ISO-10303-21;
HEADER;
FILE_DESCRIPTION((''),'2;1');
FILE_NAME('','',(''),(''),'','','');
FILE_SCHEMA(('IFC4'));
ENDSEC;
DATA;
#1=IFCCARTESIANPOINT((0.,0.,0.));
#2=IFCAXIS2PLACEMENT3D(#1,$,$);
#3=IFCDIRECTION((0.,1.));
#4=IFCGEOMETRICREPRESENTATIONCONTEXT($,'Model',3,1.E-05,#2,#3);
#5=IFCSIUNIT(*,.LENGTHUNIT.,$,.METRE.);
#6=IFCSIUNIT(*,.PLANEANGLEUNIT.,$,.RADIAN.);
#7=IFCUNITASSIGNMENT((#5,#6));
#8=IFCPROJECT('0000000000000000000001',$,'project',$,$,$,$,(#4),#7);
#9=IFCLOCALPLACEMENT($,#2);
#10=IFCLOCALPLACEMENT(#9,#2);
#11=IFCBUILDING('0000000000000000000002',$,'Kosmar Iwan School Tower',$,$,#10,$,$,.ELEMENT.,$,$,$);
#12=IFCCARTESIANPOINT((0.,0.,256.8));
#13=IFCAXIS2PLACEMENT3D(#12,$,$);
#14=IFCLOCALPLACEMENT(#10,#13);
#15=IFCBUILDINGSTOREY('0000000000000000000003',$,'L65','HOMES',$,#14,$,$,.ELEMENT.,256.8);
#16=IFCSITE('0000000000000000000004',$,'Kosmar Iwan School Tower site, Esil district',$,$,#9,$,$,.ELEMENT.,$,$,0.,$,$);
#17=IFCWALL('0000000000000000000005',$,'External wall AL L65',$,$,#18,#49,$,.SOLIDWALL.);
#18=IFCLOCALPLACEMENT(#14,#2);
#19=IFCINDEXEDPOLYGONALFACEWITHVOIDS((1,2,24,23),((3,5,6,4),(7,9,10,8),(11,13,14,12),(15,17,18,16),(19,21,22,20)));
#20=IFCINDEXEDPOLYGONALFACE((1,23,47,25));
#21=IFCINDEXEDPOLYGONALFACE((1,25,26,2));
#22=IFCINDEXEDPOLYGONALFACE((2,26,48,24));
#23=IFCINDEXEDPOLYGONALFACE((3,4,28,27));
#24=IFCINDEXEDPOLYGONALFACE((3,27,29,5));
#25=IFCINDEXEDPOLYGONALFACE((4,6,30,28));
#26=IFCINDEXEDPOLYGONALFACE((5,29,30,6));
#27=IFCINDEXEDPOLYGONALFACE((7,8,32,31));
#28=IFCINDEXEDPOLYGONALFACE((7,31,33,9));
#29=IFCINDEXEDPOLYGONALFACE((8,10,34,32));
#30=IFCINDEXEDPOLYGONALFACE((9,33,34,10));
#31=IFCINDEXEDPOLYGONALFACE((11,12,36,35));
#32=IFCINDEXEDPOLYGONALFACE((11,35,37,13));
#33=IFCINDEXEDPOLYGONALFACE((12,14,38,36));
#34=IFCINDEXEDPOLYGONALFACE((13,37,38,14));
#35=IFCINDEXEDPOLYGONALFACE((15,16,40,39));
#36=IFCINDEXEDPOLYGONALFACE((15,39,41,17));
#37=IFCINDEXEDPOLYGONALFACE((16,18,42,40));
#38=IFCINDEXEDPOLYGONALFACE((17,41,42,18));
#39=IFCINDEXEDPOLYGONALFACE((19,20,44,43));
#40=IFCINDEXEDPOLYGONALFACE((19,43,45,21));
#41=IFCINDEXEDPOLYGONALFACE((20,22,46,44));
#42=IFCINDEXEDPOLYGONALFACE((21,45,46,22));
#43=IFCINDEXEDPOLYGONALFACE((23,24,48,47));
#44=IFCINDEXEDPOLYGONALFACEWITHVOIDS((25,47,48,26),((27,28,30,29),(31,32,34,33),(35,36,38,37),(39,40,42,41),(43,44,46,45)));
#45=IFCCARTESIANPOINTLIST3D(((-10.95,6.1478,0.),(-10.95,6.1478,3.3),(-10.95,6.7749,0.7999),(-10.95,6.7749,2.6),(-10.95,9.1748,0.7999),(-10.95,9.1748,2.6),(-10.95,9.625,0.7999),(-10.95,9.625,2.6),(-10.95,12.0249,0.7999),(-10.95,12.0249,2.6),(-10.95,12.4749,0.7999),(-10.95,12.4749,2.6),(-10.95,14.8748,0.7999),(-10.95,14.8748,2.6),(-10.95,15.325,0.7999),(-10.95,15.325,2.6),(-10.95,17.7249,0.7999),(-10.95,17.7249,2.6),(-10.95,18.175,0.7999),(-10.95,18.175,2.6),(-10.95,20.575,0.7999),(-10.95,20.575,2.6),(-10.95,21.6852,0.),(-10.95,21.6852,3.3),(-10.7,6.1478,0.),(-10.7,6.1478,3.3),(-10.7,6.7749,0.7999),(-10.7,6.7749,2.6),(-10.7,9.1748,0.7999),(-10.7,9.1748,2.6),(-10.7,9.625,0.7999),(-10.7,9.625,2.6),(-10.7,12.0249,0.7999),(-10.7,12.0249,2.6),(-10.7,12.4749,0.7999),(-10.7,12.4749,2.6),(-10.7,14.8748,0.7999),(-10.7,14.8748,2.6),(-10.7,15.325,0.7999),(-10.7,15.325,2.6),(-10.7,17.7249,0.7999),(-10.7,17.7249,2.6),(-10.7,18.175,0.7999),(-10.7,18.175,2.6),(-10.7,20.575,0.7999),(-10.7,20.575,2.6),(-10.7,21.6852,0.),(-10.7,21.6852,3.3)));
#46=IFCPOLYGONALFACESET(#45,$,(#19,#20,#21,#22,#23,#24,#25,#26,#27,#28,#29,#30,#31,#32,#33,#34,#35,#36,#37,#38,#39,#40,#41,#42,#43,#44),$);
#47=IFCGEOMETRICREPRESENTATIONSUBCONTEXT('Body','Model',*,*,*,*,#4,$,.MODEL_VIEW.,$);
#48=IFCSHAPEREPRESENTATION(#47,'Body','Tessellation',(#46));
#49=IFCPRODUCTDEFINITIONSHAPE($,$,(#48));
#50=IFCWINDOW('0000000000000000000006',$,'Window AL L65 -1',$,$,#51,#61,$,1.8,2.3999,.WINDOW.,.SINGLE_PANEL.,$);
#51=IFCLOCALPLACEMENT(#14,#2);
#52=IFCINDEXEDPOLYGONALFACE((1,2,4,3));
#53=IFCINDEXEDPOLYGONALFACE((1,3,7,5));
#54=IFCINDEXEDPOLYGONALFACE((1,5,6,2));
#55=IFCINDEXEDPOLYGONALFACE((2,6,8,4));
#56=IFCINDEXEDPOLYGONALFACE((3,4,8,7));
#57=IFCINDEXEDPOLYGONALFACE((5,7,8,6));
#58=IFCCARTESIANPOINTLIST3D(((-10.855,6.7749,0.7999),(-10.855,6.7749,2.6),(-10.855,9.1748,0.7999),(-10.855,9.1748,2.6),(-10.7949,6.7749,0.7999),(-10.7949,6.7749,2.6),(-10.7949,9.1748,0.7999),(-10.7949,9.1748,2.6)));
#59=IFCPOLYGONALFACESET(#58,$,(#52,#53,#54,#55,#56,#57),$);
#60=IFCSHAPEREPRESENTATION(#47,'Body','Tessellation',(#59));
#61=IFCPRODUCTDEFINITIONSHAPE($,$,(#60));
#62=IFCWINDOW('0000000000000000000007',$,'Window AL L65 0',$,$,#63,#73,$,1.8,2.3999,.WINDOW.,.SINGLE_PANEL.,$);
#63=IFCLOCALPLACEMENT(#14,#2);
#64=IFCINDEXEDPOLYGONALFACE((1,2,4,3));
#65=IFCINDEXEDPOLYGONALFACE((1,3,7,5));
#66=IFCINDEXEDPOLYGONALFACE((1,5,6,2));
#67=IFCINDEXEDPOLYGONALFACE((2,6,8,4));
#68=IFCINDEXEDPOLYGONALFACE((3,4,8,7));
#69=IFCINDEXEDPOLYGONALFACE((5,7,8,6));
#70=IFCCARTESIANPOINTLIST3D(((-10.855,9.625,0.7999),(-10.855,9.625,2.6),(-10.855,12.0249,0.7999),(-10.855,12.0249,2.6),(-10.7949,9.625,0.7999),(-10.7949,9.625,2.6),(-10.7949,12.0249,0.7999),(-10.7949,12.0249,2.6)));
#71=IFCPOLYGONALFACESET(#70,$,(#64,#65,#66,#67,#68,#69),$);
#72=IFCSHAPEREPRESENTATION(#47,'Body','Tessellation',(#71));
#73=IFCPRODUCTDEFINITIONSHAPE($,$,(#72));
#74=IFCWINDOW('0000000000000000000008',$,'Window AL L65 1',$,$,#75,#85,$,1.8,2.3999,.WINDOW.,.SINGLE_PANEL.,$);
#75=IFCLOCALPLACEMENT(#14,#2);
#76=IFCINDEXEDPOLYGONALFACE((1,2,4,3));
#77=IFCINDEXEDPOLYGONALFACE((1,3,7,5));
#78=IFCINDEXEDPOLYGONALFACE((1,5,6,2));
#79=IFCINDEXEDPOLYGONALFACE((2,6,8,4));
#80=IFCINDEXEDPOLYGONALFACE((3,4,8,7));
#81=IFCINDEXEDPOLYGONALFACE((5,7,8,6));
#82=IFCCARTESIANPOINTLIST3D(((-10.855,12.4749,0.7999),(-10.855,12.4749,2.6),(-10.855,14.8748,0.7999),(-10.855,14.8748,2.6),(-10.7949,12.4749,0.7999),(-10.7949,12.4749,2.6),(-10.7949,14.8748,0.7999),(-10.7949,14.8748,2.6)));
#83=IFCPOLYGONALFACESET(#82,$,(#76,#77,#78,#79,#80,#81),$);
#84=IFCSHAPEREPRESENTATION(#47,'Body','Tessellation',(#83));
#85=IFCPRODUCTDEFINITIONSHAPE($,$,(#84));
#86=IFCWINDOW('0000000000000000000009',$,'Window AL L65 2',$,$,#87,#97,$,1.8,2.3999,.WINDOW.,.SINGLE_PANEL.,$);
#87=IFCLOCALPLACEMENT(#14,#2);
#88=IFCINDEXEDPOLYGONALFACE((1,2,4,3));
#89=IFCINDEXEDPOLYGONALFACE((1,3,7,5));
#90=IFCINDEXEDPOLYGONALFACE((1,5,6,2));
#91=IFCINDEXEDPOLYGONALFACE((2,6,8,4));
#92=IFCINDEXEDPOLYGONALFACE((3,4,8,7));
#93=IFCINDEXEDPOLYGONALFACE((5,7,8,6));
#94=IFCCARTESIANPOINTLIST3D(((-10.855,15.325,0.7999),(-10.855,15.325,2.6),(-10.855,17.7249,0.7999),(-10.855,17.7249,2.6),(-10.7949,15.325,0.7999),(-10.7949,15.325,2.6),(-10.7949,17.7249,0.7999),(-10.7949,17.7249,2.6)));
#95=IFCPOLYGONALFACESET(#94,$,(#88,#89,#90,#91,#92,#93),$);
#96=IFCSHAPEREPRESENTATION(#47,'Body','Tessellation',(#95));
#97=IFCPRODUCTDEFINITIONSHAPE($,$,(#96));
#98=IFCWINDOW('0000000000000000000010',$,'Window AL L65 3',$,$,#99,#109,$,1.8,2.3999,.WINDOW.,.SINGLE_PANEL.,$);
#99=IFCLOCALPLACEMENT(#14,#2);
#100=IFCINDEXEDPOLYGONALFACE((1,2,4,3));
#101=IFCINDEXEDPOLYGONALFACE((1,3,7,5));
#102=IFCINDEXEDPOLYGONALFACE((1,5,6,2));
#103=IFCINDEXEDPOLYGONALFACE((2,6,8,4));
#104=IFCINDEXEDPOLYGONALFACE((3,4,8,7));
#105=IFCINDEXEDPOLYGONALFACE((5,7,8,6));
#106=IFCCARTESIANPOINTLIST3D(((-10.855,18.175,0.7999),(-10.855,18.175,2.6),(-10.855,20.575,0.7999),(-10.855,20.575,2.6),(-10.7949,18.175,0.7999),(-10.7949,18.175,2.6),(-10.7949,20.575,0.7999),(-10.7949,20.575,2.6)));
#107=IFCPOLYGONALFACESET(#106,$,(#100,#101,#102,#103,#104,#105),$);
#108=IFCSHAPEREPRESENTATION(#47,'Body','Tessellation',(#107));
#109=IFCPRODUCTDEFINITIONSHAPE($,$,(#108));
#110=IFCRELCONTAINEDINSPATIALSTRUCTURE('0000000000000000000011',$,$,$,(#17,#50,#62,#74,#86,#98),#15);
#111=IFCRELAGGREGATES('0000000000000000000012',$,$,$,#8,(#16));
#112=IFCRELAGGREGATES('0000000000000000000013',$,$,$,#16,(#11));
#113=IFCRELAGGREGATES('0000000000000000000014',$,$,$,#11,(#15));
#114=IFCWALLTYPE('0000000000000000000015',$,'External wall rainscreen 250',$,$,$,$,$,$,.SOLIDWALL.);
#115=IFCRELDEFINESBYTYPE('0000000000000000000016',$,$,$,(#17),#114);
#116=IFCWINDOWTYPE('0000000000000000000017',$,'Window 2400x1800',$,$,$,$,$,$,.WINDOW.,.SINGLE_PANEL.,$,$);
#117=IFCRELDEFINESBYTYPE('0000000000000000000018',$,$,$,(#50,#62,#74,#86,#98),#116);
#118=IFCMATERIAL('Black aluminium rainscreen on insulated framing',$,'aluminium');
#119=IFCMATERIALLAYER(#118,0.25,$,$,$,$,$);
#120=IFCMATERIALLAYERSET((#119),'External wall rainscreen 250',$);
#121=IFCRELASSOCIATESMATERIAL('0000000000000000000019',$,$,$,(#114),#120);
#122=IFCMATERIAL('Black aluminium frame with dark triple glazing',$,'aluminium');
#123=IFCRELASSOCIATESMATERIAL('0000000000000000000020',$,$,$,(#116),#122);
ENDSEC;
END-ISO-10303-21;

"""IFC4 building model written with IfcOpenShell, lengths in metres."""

from ifc_helpers import new_model, si_unit, direction, frame, frame_2d, origin, place, context, subcontext, project, spatial, rectangle, extrude, material, layer, layer_set, type_object, element, fill, save


model = new_model("IFC4")

# Units and contexts
model_context = context("Model", 3, precision=1e-05, world=origin(), true_north=direction((0.0, 1.0)))
body_context = subcontext(model_context, "Body", "Model", "MODEL_VIEW")
ifc_project = project(units=[si_unit("LENGTHUNIT", "METRE"), si_unit("PLANEANGLEUNIT", "RADIAN")], contexts=[model_context])

# Site, building, storey
site_placement = place(None, origin())
site = spatial("IfcSite", under=ifc_project, at=site_placement, Name="Kosmar Iwan School Tower site, Esil district", CompositionType="ELEMENT", RefElevation=0.0)
building_placement = place(site_placement, origin())
building = spatial("IfcBuilding", under=site, at=building_placement, Name="Kosmar Iwan School Tower", CompositionType="ELEMENT")
storey_placement = place(building_placement, frame((0.0, 0.0, 256.8)))
storey = spatial("IfcBuildingStorey", under=building, at=storey_placement, Name="L65", Description="HOMES", CompositionType="ELEMENT", Elevation=256.8)

# Wall, openings, windows
ifc_material_1 = material(Name="Black aluminium rainscreen on insulated framing", Category="aluminium")
ifc_layer_1 = layer(ifc_material_1, 0.25)
ifc_layer_set_1 = layer_set([ifc_layer_1], Name="External wall rainscreen 250")
wall_type_1 = type_object("IfcWallType", Name="External wall rainscreen 250", PredefinedType="SOLIDWALL", material=ifc_layer_set_1)
wall_1_placement = place(storey_placement, frame((-10.825, 6.1479, 0.0), z_axis=(0.0, 0.0, 1.0), x_axis=(0.0, 1.0, 0.0)))
wall_1 = element("IfcWall", 1, at=wall_1_placement, inside=storey, type_object=wall_type_1, Name="External wall AL L65", PredefinedType="SOLIDWALL", context=body_context, shape_type="SweptSolid", body=[
    extrude(rectangle(XDim=15.5374, YDim=0.25, at=frame_2d((7.7686, 0.0))), origin(), (0.0, 0.0, 1.0), 3.3),
])
opening_1_placement = place(wall_1_placement, frame((0.627, 0.0, 0.8)))
opening_1 = element("IfcOpeningElement", 2, at=opening_1_placement, cuts=wall_1, PredefinedType="OPENING", context=body_context, shape_type="SweptSolid", body=[
    extrude(rectangle(XDim=2.3999, YDim=1.8, at=frame_2d((1.2, 0.8999))), frame((0.0, 0.137, 0.0), z_axis=(0.0, -1.0, 0.0), x_axis=(1.0, 0.0, 0.0)), (0.0, 0.0, 1.0), 0.2739),
])
opening_2_placement = place(wall_1_placement, frame((3.4771, 0.0, 0.8)))
opening_2 = element("IfcOpeningElement", 3, at=opening_2_placement, cuts=wall_1, PredefinedType="OPENING", context=body_context, shape_type="SweptSolid", body=[
    extrude(rectangle(XDim=2.3999, YDim=1.8, at=frame_2d((1.2, 0.8999))), frame((0.0, 0.137, 0.0), z_axis=(0.0, -1.0, 0.0), x_axis=(1.0, 0.0, 0.0)), (0.0, 0.0, 1.0), 0.2739),
])
opening_3_placement = place(wall_1_placement, frame((6.3269, 0.0, 0.8)))
opening_3 = element("IfcOpeningElement", 4, at=opening_3_placement, cuts=wall_1, PredefinedType="OPENING", context=body_context, shape_type="SweptSolid", body=[
    extrude(rectangle(XDim=2.3999, YDim=1.8, at=frame_2d((1.2, 0.8999))), frame((0.0, 0.137, 0.0), z_axis=(0.0, -1.0, 0.0), x_axis=(1.0, 0.0, 0.0)), (0.0, 0.0, 1.0), 0.2739),
])
opening_4_placement = place(wall_1_placement, frame((9.177, 0.0, 0.8)))
opening_4 = element("IfcOpeningElement", 5, at=opening_4_placement, cuts=wall_1, PredefinedType="OPENING", context=body_context, shape_type="SweptSolid", body=[
    extrude(rectangle(XDim=2.3999, YDim=1.8, at=frame_2d((1.2, 0.8999))), frame((0.0, 0.137, 0.0), z_axis=(0.0, -1.0, 0.0), x_axis=(1.0, 0.0, 0.0)), (0.0, 0.0, 1.0), 0.2739),
])
opening_5_placement = place(wall_1_placement, frame((12.0271, 0.0, 0.8)))
opening_5 = element("IfcOpeningElement", 6, at=opening_5_placement, cuts=wall_1, PredefinedType="OPENING", context=body_context, shape_type="SweptSolid", body=[
    extrude(rectangle(XDim=2.3999, YDim=1.8, at=frame_2d((1.2, 0.8999))), frame((0.0, 0.137, 0.0), z_axis=(0.0, -1.0, 0.0), x_axis=(1.0, 0.0, 0.0)), (0.0, 0.0, 1.0), 0.2739),
])
ifc_material_2 = material(Name="Black aluminium frame with dark triple glazing", Category="aluminium")
window_type = type_object("IfcWindowType", Name="Window 2400x1800", PartitioningType="SINGLE_PANEL", PredefinedType="WINDOW", material=ifc_material_2)
window_1_placement = place(opening_1_placement, origin())
window_1 = element("IfcWindow", 7, at=window_1_placement, inside=storey, type_object=window_type, Name="Window AL L65 -1", OverallHeight=1.8, OverallWidth=2.3999, PartitioningType="SINGLE_PANEL", PredefinedType="WINDOW", context=body_context, shape_type="SweptSolid", body=[
    extrude(rectangle(XDim=2.3999, YDim=1.8, at=frame_2d((1.2, 0.8999))), frame((0.0, 0.03, 0.0), z_axis=(0.0, -1.0, 0.0), x_axis=(1.0, 0.0, 0.0)), (0.0, 0.0, 1.0), 0.0601),
])
fill(opening_1, window_1)
window_2_placement = place(opening_2_placement, origin())
window_2 = element("IfcWindow", 8, at=window_2_placement, inside=storey, type_object=window_type, Name="Window AL L65 0", OverallHeight=1.8, OverallWidth=2.3999, PartitioningType="SINGLE_PANEL", PredefinedType="WINDOW", context=body_context, shape_type="SweptSolid", body=[
    extrude(rectangle(XDim=2.3999, YDim=1.8, at=frame_2d((1.2, 0.8999))), frame((0.0, 0.03, 0.0), z_axis=(0.0, -1.0, 0.0), x_axis=(1.0, 0.0, 0.0)), (0.0, 0.0, 1.0), 0.0601),
])
fill(opening_2, window_2)
window_3_placement = place(opening_3_placement, origin())
window_3 = element("IfcWindow", 9, at=window_3_placement, inside=storey, type_object=window_type, Name="Window AL L65 1", OverallHeight=1.8, OverallWidth=2.3999, PartitioningType="SINGLE_PANEL", PredefinedType="WINDOW", context=body_context, shape_type="SweptSolid", body=[
    extrude(rectangle(XDim=2.3999, YDim=1.8, at=frame_2d((1.2, 0.8999))), frame((0.0, 0.03, 0.0), z_axis=(0.0, -1.0, 0.0), x_axis=(1.0, 0.0, 0.0)), (0.0, 0.0, 1.0), 0.0601),
])
fill(opening_3, window_3)
window_4_placement = place(opening_4_placement, origin())
window_4 = element("IfcWindow", 10, at=window_4_placement, inside=storey, type_object=window_type, Name="Window AL L65 2", OverallHeight=1.8, OverallWidth=2.3999, PartitioningType="SINGLE_PANEL", PredefinedType="WINDOW", context=body_context, shape_type="SweptSolid", body=[
    extrude(rectangle(XDim=2.3999, YDim=1.8, at=frame_2d((1.2, 0.8999))), frame((0.0, 0.03, 0.0), z_axis=(0.0, -1.0, 0.0), x_axis=(1.0, 0.0, 0.0)), (0.0, 0.0, 1.0), 0.0601),
])
fill(opening_4, window_4)
window_5_placement = place(opening_5_placement, origin())
window_5 = element("IfcWindow", 11, at=window_5_placement, inside=storey, type_object=window_type, Name="Window AL L65 3", OverallHeight=1.8, OverallWidth=2.3999, PartitioningType="SINGLE_PANEL", PredefinedType="WINDOW", context=body_context, shape_type="SweptSolid", body=[
    extrude(rectangle(XDim=2.3999, YDim=1.8, at=frame_2d((1.2, 0.8999))), frame((0.0, 0.03, 0.0), z_axis=(0.0, -1.0, 0.0), x_axis=(1.0, 0.0, 0.0)), (0.0, 0.0, 1.0), 0.0601),
])
fill(opening_5, window_5)

save(model, "model.ifc")
